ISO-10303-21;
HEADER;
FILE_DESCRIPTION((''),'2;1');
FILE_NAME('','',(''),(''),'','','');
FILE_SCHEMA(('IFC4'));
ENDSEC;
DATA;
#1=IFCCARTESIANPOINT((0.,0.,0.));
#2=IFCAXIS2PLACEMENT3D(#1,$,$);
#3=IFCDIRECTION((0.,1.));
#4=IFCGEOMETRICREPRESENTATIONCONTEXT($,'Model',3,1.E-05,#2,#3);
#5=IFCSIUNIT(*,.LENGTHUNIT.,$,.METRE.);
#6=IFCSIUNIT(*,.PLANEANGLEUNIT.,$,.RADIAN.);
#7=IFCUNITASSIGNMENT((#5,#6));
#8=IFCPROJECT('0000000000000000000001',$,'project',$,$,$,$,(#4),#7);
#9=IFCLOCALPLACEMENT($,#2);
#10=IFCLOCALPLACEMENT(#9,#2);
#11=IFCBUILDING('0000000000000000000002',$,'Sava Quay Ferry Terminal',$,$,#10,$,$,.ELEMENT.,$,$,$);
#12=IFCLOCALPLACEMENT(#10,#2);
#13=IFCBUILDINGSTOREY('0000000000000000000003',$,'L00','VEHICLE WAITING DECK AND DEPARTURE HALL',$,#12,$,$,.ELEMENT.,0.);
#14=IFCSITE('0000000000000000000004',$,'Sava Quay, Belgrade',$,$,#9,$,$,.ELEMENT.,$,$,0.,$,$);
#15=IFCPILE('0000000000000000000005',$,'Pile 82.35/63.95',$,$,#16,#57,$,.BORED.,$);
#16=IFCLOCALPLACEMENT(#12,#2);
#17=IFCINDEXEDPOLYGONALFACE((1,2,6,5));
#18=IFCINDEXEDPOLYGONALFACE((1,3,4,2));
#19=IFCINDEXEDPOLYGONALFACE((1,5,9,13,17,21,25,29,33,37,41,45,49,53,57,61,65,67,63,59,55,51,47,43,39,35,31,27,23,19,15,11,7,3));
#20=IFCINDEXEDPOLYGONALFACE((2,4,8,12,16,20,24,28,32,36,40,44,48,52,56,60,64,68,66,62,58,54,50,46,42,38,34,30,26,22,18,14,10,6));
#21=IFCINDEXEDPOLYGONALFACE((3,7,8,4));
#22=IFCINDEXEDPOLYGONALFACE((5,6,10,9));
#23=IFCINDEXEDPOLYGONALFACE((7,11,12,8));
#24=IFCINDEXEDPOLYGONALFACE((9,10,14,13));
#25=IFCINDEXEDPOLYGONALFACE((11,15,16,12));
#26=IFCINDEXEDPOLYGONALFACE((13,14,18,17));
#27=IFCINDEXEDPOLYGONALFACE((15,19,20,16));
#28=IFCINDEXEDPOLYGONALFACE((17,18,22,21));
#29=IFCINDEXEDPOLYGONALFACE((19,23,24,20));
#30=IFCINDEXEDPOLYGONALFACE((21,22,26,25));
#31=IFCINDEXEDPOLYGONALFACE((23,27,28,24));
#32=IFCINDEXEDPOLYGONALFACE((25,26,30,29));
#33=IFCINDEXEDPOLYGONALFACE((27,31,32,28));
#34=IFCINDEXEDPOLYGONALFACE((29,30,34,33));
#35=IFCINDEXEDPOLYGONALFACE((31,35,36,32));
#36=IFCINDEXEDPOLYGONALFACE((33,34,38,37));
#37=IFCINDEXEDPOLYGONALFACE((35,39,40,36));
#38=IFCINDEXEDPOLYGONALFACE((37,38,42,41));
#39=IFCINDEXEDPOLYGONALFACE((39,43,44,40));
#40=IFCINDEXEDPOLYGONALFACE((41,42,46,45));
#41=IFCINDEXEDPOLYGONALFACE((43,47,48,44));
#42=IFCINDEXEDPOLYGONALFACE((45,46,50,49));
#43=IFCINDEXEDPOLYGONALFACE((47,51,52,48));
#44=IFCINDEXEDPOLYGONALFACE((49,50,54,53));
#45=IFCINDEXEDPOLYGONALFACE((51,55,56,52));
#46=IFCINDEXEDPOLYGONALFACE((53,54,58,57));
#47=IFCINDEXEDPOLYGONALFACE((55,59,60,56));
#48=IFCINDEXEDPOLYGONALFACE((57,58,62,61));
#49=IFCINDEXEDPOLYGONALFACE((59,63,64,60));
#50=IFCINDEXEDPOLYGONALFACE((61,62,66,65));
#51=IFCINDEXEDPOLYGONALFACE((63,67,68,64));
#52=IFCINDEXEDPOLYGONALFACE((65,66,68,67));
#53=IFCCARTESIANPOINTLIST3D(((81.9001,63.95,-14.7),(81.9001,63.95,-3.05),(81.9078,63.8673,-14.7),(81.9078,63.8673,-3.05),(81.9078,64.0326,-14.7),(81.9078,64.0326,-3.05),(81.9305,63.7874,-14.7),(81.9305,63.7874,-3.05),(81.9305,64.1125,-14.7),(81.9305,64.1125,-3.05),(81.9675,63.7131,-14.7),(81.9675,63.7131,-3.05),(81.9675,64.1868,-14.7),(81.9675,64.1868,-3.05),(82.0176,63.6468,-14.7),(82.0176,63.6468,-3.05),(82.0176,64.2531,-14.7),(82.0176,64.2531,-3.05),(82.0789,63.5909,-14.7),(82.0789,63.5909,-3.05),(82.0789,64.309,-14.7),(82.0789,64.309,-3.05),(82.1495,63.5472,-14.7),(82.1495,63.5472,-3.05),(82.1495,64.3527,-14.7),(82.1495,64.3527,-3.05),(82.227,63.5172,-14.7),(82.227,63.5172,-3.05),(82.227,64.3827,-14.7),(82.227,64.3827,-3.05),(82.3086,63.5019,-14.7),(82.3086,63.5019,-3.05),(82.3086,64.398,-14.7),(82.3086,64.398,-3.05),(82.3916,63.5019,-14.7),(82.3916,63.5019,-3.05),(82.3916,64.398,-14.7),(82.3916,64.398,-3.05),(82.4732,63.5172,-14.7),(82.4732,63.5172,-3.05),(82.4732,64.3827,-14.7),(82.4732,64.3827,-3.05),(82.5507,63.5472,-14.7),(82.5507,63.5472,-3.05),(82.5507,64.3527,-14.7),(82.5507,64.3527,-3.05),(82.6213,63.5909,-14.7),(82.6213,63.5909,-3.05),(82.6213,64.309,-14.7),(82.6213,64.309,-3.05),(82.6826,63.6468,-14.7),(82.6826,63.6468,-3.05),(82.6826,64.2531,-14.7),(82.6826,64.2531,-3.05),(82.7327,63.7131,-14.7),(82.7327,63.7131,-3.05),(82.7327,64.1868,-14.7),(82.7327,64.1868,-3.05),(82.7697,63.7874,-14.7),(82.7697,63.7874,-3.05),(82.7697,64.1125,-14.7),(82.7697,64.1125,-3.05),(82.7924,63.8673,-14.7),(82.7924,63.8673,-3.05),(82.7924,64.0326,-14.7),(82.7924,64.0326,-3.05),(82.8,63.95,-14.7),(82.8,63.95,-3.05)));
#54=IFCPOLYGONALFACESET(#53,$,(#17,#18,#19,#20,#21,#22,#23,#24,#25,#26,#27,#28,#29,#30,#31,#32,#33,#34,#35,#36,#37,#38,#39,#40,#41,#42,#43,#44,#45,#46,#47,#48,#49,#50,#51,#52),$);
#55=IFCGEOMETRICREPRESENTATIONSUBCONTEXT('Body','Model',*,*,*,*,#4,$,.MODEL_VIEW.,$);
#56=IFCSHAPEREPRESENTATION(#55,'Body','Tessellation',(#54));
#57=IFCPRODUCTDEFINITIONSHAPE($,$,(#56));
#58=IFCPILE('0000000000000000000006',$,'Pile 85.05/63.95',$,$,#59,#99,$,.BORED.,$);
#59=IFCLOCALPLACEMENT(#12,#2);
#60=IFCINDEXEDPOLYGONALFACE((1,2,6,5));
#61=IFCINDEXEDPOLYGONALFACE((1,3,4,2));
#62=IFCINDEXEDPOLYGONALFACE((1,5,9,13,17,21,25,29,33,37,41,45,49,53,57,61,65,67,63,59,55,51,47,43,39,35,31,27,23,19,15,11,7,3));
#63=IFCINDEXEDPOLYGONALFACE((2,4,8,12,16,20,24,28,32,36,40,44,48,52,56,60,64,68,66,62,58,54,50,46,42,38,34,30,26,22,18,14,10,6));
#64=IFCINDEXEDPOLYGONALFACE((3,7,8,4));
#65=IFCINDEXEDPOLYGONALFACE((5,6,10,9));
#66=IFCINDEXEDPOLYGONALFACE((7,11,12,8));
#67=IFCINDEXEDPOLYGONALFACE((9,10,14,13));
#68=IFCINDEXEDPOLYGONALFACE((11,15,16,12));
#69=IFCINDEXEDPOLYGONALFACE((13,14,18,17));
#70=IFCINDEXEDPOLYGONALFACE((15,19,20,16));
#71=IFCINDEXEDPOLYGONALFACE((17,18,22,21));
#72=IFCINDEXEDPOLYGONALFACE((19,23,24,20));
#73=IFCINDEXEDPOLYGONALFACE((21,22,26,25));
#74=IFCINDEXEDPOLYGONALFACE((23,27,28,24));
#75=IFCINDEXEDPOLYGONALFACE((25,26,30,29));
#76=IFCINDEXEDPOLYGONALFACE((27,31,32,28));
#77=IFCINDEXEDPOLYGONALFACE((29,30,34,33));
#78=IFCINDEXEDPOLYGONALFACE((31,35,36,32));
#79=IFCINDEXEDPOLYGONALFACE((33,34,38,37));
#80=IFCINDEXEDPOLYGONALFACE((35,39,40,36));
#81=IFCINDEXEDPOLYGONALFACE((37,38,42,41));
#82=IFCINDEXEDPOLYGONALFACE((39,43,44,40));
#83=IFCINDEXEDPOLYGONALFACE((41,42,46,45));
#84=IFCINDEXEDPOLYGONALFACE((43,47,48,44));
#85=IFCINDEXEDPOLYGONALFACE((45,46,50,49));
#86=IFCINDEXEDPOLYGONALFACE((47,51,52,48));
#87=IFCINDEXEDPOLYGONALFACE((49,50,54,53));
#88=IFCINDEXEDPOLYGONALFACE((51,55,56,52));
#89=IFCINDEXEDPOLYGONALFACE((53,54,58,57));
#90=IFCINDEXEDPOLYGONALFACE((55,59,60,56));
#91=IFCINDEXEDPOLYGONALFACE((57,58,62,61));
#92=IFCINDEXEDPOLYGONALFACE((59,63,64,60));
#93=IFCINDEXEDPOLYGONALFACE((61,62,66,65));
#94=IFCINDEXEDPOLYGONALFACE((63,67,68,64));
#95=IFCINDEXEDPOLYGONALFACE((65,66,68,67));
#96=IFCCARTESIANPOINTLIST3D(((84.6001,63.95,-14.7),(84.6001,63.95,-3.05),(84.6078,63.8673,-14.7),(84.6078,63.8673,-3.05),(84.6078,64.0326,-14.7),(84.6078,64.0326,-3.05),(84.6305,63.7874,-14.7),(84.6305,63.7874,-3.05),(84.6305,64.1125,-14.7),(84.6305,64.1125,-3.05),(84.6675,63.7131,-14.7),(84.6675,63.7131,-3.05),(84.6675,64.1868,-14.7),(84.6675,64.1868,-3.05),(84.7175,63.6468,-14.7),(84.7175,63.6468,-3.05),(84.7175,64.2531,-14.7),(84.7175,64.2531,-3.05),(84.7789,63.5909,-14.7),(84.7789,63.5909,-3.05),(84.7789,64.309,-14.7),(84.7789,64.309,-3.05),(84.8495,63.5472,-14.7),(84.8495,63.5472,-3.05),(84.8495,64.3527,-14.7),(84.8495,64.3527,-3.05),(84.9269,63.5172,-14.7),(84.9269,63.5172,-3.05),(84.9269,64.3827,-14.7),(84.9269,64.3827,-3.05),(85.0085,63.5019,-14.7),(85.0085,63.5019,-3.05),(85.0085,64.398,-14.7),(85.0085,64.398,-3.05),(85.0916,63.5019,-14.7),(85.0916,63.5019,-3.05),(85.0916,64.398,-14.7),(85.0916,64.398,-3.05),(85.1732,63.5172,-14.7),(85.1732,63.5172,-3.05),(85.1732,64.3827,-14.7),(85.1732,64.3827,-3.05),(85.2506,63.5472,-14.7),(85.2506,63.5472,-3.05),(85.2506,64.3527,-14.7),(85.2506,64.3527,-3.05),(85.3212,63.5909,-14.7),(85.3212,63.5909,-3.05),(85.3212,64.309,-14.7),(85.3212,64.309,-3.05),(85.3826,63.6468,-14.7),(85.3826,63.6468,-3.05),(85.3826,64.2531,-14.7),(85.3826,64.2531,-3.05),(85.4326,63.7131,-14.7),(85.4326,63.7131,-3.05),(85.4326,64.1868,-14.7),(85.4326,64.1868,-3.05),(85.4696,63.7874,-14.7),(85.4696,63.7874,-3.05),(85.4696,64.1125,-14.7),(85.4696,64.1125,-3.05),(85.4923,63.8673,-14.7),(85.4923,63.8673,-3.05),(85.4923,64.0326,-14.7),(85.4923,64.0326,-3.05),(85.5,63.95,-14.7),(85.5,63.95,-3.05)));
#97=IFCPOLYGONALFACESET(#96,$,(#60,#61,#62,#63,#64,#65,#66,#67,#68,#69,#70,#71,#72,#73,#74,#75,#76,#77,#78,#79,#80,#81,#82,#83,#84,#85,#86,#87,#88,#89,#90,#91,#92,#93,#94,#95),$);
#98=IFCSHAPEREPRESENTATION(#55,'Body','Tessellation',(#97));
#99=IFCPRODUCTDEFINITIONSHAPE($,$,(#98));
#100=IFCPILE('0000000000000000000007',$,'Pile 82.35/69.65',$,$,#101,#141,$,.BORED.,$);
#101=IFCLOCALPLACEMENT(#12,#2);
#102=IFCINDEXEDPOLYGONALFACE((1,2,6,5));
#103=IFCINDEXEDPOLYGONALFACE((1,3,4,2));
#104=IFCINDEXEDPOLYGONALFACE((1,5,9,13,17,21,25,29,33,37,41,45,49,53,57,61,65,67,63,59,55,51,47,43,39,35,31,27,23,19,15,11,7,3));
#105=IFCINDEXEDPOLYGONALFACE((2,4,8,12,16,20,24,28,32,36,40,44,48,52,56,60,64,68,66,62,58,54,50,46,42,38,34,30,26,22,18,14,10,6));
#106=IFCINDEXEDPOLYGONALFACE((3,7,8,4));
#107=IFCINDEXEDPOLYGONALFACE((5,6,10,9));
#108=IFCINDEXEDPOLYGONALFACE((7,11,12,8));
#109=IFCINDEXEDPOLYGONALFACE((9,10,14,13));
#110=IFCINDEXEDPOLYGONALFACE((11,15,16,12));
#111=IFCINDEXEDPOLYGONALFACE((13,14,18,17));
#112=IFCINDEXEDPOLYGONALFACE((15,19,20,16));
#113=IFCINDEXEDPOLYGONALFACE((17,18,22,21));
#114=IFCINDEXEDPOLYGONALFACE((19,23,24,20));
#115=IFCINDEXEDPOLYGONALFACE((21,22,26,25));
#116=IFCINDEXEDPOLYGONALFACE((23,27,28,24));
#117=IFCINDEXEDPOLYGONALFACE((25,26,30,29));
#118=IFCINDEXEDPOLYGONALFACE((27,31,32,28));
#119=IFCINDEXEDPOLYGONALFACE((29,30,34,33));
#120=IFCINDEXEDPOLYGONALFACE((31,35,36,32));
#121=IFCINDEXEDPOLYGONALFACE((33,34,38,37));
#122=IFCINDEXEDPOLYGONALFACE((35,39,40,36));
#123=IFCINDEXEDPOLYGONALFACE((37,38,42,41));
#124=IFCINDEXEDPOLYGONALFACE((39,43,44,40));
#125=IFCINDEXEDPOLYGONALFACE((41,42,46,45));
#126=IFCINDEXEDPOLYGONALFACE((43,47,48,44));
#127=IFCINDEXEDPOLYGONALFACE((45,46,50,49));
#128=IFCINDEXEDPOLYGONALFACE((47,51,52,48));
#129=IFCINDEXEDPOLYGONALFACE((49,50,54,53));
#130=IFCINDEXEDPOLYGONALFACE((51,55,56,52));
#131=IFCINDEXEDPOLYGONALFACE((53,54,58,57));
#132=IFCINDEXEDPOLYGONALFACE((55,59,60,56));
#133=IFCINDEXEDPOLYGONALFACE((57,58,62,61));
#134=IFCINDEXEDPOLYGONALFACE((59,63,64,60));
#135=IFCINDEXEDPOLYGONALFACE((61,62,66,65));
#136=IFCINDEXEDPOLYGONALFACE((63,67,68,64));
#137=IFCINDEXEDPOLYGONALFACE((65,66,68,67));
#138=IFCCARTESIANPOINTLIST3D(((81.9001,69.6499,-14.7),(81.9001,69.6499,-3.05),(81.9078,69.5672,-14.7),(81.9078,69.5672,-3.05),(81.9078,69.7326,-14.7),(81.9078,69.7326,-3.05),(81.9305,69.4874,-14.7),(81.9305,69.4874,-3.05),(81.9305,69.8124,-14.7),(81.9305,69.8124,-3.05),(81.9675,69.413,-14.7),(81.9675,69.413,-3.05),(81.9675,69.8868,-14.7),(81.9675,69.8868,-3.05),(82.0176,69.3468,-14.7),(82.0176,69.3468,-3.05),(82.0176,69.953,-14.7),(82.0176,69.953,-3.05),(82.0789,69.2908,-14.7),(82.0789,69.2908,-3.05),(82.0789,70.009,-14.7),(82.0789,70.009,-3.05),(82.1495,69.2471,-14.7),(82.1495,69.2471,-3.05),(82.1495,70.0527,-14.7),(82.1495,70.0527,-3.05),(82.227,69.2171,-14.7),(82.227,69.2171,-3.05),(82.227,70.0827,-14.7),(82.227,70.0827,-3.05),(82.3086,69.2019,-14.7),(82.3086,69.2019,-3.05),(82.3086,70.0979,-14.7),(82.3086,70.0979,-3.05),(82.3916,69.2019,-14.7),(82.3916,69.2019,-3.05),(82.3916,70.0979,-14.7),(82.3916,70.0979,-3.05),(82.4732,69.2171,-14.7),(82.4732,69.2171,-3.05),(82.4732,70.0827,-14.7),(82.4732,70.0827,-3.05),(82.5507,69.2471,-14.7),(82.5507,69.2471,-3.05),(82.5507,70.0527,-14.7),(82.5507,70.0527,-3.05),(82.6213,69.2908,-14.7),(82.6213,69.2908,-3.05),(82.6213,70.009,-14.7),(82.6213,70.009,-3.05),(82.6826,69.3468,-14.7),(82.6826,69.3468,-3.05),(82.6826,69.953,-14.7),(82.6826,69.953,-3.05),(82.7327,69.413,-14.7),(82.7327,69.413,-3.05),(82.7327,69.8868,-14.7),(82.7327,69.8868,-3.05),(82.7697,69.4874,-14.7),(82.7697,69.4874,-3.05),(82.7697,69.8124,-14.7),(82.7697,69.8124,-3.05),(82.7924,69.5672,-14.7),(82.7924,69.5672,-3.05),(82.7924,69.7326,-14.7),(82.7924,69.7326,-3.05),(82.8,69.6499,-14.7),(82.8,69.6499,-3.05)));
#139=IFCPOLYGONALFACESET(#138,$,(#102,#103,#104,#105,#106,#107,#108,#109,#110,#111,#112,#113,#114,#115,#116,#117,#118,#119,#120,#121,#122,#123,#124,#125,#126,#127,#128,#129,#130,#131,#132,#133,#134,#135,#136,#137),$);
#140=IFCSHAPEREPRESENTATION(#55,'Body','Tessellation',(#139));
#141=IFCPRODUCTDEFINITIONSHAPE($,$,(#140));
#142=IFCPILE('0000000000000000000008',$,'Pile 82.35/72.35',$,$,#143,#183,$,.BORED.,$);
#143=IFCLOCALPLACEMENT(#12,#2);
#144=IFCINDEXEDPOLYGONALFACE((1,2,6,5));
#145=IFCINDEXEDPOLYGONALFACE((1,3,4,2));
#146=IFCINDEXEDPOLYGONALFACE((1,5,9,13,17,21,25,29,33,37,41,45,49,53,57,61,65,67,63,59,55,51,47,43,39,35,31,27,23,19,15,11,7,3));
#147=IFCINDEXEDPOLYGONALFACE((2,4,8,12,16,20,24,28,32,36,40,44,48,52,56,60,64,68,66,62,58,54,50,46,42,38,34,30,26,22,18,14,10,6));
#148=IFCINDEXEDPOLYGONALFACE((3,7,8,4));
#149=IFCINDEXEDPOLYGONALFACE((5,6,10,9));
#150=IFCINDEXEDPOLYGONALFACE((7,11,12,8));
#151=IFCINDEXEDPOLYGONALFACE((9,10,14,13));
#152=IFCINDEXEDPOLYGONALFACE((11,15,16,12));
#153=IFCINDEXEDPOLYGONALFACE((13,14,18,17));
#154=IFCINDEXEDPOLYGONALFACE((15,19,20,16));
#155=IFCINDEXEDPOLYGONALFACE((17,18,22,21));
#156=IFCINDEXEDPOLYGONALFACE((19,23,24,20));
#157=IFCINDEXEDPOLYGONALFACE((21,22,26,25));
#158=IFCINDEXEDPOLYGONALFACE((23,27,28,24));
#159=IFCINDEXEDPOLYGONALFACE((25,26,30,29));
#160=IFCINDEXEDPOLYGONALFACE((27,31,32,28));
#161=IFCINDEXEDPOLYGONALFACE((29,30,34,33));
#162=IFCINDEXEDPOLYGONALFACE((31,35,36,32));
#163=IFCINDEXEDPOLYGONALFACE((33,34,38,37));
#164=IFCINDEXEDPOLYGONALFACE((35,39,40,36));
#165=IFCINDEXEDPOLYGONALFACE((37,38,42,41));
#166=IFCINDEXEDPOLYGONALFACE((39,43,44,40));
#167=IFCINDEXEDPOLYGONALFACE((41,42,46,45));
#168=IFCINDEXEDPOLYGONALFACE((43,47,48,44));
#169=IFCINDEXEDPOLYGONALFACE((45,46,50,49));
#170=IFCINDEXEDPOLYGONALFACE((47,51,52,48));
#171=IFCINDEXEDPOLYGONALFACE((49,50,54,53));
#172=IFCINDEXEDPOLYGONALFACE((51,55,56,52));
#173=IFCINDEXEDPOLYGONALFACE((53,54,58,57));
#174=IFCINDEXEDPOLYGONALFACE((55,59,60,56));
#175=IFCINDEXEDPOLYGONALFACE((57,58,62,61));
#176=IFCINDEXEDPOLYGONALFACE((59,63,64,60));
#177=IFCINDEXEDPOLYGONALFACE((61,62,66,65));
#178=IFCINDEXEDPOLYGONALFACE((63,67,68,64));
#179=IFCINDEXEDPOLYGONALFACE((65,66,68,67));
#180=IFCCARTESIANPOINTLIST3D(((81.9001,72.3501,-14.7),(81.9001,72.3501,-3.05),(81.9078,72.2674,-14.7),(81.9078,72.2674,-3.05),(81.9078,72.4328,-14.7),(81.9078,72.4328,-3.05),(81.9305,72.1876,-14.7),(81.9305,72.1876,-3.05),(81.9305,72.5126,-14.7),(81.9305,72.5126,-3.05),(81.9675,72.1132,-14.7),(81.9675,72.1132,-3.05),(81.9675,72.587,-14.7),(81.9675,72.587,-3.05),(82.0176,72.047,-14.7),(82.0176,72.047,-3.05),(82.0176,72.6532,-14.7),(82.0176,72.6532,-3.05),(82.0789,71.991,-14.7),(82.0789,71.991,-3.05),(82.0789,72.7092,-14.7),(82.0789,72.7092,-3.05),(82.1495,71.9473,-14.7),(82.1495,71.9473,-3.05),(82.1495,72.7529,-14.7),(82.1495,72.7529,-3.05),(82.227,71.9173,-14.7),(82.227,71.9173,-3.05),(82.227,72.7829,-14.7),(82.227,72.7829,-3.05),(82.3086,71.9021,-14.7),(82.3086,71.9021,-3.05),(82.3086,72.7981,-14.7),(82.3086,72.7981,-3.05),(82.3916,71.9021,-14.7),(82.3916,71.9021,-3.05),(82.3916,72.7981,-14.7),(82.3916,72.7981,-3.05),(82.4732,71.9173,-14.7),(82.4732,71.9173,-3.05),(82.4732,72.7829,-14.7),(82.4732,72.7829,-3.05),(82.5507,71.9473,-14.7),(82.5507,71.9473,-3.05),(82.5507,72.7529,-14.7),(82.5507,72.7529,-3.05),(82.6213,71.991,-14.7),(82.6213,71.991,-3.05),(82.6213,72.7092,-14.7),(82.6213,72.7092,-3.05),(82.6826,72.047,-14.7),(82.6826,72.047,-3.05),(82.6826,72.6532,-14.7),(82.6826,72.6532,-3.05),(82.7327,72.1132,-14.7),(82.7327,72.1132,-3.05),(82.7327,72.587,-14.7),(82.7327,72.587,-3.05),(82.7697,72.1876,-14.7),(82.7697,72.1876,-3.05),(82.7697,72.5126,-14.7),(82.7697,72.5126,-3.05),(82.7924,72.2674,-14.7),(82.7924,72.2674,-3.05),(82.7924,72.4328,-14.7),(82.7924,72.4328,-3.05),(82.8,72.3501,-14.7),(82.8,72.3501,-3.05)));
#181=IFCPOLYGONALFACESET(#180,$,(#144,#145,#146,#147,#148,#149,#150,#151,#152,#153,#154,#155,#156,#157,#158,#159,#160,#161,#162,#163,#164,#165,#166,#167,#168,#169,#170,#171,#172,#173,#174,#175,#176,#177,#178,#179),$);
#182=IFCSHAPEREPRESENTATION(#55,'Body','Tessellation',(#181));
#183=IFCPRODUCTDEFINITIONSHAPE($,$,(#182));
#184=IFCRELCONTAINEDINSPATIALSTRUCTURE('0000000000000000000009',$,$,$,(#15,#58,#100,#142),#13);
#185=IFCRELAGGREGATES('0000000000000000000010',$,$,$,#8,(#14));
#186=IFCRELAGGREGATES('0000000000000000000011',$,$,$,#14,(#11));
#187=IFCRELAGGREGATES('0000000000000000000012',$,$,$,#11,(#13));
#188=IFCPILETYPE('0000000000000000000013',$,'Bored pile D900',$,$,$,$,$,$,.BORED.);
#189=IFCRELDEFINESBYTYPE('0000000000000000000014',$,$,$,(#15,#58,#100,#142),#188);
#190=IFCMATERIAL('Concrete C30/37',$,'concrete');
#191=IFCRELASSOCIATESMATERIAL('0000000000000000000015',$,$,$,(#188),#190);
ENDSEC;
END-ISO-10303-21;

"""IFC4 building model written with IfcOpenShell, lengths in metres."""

from ifc_helpers import new_model, si_unit, direction, frame, origin, origin_2d, place, context, subcontext, project, spatial, circle, extrude, material, material_profile, profile_set, type_object, element, save


model = new_model("IFC4")

# Units and contexts
model_context = context("Model", 3, precision=1e-05, world=origin(), true_north=direction((0.0, 1.0)))
body_context = subcontext(model_context, "Body", "Model", "MODEL_VIEW")
ifc_project = project(units=[si_unit("LENGTHUNIT", "METRE"), si_unit("PLANEANGLEUNIT", "RADIAN")], contexts=[model_context])

# Site, building, storey
site_placement = place(None, origin())
site = spatial("IfcSite", under=ifc_project, at=site_placement, Name="Sava Quay, Belgrade", CompositionType="ELEMENT", RefElevation=0.0)
building_placement = place(site_placement, origin())
building = spatial("IfcBuilding", under=site, at=building_placement, Name="Sava Quay Ferry Terminal", CompositionType="ELEMENT")
storey_placement = place(building_placement, origin())
storey = spatial("IfcBuildingStorey", under=building, at=storey_placement, Name="L00", Description="VEHICLE WAITING DECK AND DEPARTURE HALL", CompositionType="ELEMENT", Elevation=0.0)

# Piles
ifc_material_1 = material(Name="Concrete C30/37", Category="concrete")
ifc_material_profile_1 = material_profile(ifc_material_1, circle(Radius=0.45, at=origin_2d()), Name="Bored pile D900")
ifc_profile_set_1 = profile_set([ifc_material_profile_1], Name="Concrete C30/37")
pile_type = type_object("IfcPileType", Name="Bored pile D900", PredefinedType="BORED", material=ifc_profile_set_1)
for number, where, z_axis, x_axis, name in (
    (1, (82.3501, 63.95, -3.05), (0.0, 0.0, -1.0), (1.0, 0.0, 0.0), "Pile 82.35/63.95"),
    (2, (85.05, 63.95, -3.05), (0.0, 0.0, -1.0), (1.0, 0.0, 0.0), "Pile 85.05/63.95"),
    (3, (82.3501, 69.6499, -3.05), (0.0, 0.0, -1.0), (1.0, 0.0, 0.0), "Pile 82.35/69.65"),
    (4, (82.3501, 72.3501, -3.05), (0.0, 0.0, -1.0), (1.0, 0.0, 0.0), "Pile 82.35/72.35"),
):
    element("IfcPile", number, at=place(storey_placement, frame(where, z_axis=z_axis, x_axis=x_axis)), inside=storey, type_object=pile_type, Name=name, PredefinedType="BORED", context=body_context, shape_type="SweptSolid", body=[
        extrude(circle(Radius=0.45, at=origin_2d()), origin(), (0.0, 0.0, 1.0), 11.6499),
    ])

save(model, "model.ifc")
